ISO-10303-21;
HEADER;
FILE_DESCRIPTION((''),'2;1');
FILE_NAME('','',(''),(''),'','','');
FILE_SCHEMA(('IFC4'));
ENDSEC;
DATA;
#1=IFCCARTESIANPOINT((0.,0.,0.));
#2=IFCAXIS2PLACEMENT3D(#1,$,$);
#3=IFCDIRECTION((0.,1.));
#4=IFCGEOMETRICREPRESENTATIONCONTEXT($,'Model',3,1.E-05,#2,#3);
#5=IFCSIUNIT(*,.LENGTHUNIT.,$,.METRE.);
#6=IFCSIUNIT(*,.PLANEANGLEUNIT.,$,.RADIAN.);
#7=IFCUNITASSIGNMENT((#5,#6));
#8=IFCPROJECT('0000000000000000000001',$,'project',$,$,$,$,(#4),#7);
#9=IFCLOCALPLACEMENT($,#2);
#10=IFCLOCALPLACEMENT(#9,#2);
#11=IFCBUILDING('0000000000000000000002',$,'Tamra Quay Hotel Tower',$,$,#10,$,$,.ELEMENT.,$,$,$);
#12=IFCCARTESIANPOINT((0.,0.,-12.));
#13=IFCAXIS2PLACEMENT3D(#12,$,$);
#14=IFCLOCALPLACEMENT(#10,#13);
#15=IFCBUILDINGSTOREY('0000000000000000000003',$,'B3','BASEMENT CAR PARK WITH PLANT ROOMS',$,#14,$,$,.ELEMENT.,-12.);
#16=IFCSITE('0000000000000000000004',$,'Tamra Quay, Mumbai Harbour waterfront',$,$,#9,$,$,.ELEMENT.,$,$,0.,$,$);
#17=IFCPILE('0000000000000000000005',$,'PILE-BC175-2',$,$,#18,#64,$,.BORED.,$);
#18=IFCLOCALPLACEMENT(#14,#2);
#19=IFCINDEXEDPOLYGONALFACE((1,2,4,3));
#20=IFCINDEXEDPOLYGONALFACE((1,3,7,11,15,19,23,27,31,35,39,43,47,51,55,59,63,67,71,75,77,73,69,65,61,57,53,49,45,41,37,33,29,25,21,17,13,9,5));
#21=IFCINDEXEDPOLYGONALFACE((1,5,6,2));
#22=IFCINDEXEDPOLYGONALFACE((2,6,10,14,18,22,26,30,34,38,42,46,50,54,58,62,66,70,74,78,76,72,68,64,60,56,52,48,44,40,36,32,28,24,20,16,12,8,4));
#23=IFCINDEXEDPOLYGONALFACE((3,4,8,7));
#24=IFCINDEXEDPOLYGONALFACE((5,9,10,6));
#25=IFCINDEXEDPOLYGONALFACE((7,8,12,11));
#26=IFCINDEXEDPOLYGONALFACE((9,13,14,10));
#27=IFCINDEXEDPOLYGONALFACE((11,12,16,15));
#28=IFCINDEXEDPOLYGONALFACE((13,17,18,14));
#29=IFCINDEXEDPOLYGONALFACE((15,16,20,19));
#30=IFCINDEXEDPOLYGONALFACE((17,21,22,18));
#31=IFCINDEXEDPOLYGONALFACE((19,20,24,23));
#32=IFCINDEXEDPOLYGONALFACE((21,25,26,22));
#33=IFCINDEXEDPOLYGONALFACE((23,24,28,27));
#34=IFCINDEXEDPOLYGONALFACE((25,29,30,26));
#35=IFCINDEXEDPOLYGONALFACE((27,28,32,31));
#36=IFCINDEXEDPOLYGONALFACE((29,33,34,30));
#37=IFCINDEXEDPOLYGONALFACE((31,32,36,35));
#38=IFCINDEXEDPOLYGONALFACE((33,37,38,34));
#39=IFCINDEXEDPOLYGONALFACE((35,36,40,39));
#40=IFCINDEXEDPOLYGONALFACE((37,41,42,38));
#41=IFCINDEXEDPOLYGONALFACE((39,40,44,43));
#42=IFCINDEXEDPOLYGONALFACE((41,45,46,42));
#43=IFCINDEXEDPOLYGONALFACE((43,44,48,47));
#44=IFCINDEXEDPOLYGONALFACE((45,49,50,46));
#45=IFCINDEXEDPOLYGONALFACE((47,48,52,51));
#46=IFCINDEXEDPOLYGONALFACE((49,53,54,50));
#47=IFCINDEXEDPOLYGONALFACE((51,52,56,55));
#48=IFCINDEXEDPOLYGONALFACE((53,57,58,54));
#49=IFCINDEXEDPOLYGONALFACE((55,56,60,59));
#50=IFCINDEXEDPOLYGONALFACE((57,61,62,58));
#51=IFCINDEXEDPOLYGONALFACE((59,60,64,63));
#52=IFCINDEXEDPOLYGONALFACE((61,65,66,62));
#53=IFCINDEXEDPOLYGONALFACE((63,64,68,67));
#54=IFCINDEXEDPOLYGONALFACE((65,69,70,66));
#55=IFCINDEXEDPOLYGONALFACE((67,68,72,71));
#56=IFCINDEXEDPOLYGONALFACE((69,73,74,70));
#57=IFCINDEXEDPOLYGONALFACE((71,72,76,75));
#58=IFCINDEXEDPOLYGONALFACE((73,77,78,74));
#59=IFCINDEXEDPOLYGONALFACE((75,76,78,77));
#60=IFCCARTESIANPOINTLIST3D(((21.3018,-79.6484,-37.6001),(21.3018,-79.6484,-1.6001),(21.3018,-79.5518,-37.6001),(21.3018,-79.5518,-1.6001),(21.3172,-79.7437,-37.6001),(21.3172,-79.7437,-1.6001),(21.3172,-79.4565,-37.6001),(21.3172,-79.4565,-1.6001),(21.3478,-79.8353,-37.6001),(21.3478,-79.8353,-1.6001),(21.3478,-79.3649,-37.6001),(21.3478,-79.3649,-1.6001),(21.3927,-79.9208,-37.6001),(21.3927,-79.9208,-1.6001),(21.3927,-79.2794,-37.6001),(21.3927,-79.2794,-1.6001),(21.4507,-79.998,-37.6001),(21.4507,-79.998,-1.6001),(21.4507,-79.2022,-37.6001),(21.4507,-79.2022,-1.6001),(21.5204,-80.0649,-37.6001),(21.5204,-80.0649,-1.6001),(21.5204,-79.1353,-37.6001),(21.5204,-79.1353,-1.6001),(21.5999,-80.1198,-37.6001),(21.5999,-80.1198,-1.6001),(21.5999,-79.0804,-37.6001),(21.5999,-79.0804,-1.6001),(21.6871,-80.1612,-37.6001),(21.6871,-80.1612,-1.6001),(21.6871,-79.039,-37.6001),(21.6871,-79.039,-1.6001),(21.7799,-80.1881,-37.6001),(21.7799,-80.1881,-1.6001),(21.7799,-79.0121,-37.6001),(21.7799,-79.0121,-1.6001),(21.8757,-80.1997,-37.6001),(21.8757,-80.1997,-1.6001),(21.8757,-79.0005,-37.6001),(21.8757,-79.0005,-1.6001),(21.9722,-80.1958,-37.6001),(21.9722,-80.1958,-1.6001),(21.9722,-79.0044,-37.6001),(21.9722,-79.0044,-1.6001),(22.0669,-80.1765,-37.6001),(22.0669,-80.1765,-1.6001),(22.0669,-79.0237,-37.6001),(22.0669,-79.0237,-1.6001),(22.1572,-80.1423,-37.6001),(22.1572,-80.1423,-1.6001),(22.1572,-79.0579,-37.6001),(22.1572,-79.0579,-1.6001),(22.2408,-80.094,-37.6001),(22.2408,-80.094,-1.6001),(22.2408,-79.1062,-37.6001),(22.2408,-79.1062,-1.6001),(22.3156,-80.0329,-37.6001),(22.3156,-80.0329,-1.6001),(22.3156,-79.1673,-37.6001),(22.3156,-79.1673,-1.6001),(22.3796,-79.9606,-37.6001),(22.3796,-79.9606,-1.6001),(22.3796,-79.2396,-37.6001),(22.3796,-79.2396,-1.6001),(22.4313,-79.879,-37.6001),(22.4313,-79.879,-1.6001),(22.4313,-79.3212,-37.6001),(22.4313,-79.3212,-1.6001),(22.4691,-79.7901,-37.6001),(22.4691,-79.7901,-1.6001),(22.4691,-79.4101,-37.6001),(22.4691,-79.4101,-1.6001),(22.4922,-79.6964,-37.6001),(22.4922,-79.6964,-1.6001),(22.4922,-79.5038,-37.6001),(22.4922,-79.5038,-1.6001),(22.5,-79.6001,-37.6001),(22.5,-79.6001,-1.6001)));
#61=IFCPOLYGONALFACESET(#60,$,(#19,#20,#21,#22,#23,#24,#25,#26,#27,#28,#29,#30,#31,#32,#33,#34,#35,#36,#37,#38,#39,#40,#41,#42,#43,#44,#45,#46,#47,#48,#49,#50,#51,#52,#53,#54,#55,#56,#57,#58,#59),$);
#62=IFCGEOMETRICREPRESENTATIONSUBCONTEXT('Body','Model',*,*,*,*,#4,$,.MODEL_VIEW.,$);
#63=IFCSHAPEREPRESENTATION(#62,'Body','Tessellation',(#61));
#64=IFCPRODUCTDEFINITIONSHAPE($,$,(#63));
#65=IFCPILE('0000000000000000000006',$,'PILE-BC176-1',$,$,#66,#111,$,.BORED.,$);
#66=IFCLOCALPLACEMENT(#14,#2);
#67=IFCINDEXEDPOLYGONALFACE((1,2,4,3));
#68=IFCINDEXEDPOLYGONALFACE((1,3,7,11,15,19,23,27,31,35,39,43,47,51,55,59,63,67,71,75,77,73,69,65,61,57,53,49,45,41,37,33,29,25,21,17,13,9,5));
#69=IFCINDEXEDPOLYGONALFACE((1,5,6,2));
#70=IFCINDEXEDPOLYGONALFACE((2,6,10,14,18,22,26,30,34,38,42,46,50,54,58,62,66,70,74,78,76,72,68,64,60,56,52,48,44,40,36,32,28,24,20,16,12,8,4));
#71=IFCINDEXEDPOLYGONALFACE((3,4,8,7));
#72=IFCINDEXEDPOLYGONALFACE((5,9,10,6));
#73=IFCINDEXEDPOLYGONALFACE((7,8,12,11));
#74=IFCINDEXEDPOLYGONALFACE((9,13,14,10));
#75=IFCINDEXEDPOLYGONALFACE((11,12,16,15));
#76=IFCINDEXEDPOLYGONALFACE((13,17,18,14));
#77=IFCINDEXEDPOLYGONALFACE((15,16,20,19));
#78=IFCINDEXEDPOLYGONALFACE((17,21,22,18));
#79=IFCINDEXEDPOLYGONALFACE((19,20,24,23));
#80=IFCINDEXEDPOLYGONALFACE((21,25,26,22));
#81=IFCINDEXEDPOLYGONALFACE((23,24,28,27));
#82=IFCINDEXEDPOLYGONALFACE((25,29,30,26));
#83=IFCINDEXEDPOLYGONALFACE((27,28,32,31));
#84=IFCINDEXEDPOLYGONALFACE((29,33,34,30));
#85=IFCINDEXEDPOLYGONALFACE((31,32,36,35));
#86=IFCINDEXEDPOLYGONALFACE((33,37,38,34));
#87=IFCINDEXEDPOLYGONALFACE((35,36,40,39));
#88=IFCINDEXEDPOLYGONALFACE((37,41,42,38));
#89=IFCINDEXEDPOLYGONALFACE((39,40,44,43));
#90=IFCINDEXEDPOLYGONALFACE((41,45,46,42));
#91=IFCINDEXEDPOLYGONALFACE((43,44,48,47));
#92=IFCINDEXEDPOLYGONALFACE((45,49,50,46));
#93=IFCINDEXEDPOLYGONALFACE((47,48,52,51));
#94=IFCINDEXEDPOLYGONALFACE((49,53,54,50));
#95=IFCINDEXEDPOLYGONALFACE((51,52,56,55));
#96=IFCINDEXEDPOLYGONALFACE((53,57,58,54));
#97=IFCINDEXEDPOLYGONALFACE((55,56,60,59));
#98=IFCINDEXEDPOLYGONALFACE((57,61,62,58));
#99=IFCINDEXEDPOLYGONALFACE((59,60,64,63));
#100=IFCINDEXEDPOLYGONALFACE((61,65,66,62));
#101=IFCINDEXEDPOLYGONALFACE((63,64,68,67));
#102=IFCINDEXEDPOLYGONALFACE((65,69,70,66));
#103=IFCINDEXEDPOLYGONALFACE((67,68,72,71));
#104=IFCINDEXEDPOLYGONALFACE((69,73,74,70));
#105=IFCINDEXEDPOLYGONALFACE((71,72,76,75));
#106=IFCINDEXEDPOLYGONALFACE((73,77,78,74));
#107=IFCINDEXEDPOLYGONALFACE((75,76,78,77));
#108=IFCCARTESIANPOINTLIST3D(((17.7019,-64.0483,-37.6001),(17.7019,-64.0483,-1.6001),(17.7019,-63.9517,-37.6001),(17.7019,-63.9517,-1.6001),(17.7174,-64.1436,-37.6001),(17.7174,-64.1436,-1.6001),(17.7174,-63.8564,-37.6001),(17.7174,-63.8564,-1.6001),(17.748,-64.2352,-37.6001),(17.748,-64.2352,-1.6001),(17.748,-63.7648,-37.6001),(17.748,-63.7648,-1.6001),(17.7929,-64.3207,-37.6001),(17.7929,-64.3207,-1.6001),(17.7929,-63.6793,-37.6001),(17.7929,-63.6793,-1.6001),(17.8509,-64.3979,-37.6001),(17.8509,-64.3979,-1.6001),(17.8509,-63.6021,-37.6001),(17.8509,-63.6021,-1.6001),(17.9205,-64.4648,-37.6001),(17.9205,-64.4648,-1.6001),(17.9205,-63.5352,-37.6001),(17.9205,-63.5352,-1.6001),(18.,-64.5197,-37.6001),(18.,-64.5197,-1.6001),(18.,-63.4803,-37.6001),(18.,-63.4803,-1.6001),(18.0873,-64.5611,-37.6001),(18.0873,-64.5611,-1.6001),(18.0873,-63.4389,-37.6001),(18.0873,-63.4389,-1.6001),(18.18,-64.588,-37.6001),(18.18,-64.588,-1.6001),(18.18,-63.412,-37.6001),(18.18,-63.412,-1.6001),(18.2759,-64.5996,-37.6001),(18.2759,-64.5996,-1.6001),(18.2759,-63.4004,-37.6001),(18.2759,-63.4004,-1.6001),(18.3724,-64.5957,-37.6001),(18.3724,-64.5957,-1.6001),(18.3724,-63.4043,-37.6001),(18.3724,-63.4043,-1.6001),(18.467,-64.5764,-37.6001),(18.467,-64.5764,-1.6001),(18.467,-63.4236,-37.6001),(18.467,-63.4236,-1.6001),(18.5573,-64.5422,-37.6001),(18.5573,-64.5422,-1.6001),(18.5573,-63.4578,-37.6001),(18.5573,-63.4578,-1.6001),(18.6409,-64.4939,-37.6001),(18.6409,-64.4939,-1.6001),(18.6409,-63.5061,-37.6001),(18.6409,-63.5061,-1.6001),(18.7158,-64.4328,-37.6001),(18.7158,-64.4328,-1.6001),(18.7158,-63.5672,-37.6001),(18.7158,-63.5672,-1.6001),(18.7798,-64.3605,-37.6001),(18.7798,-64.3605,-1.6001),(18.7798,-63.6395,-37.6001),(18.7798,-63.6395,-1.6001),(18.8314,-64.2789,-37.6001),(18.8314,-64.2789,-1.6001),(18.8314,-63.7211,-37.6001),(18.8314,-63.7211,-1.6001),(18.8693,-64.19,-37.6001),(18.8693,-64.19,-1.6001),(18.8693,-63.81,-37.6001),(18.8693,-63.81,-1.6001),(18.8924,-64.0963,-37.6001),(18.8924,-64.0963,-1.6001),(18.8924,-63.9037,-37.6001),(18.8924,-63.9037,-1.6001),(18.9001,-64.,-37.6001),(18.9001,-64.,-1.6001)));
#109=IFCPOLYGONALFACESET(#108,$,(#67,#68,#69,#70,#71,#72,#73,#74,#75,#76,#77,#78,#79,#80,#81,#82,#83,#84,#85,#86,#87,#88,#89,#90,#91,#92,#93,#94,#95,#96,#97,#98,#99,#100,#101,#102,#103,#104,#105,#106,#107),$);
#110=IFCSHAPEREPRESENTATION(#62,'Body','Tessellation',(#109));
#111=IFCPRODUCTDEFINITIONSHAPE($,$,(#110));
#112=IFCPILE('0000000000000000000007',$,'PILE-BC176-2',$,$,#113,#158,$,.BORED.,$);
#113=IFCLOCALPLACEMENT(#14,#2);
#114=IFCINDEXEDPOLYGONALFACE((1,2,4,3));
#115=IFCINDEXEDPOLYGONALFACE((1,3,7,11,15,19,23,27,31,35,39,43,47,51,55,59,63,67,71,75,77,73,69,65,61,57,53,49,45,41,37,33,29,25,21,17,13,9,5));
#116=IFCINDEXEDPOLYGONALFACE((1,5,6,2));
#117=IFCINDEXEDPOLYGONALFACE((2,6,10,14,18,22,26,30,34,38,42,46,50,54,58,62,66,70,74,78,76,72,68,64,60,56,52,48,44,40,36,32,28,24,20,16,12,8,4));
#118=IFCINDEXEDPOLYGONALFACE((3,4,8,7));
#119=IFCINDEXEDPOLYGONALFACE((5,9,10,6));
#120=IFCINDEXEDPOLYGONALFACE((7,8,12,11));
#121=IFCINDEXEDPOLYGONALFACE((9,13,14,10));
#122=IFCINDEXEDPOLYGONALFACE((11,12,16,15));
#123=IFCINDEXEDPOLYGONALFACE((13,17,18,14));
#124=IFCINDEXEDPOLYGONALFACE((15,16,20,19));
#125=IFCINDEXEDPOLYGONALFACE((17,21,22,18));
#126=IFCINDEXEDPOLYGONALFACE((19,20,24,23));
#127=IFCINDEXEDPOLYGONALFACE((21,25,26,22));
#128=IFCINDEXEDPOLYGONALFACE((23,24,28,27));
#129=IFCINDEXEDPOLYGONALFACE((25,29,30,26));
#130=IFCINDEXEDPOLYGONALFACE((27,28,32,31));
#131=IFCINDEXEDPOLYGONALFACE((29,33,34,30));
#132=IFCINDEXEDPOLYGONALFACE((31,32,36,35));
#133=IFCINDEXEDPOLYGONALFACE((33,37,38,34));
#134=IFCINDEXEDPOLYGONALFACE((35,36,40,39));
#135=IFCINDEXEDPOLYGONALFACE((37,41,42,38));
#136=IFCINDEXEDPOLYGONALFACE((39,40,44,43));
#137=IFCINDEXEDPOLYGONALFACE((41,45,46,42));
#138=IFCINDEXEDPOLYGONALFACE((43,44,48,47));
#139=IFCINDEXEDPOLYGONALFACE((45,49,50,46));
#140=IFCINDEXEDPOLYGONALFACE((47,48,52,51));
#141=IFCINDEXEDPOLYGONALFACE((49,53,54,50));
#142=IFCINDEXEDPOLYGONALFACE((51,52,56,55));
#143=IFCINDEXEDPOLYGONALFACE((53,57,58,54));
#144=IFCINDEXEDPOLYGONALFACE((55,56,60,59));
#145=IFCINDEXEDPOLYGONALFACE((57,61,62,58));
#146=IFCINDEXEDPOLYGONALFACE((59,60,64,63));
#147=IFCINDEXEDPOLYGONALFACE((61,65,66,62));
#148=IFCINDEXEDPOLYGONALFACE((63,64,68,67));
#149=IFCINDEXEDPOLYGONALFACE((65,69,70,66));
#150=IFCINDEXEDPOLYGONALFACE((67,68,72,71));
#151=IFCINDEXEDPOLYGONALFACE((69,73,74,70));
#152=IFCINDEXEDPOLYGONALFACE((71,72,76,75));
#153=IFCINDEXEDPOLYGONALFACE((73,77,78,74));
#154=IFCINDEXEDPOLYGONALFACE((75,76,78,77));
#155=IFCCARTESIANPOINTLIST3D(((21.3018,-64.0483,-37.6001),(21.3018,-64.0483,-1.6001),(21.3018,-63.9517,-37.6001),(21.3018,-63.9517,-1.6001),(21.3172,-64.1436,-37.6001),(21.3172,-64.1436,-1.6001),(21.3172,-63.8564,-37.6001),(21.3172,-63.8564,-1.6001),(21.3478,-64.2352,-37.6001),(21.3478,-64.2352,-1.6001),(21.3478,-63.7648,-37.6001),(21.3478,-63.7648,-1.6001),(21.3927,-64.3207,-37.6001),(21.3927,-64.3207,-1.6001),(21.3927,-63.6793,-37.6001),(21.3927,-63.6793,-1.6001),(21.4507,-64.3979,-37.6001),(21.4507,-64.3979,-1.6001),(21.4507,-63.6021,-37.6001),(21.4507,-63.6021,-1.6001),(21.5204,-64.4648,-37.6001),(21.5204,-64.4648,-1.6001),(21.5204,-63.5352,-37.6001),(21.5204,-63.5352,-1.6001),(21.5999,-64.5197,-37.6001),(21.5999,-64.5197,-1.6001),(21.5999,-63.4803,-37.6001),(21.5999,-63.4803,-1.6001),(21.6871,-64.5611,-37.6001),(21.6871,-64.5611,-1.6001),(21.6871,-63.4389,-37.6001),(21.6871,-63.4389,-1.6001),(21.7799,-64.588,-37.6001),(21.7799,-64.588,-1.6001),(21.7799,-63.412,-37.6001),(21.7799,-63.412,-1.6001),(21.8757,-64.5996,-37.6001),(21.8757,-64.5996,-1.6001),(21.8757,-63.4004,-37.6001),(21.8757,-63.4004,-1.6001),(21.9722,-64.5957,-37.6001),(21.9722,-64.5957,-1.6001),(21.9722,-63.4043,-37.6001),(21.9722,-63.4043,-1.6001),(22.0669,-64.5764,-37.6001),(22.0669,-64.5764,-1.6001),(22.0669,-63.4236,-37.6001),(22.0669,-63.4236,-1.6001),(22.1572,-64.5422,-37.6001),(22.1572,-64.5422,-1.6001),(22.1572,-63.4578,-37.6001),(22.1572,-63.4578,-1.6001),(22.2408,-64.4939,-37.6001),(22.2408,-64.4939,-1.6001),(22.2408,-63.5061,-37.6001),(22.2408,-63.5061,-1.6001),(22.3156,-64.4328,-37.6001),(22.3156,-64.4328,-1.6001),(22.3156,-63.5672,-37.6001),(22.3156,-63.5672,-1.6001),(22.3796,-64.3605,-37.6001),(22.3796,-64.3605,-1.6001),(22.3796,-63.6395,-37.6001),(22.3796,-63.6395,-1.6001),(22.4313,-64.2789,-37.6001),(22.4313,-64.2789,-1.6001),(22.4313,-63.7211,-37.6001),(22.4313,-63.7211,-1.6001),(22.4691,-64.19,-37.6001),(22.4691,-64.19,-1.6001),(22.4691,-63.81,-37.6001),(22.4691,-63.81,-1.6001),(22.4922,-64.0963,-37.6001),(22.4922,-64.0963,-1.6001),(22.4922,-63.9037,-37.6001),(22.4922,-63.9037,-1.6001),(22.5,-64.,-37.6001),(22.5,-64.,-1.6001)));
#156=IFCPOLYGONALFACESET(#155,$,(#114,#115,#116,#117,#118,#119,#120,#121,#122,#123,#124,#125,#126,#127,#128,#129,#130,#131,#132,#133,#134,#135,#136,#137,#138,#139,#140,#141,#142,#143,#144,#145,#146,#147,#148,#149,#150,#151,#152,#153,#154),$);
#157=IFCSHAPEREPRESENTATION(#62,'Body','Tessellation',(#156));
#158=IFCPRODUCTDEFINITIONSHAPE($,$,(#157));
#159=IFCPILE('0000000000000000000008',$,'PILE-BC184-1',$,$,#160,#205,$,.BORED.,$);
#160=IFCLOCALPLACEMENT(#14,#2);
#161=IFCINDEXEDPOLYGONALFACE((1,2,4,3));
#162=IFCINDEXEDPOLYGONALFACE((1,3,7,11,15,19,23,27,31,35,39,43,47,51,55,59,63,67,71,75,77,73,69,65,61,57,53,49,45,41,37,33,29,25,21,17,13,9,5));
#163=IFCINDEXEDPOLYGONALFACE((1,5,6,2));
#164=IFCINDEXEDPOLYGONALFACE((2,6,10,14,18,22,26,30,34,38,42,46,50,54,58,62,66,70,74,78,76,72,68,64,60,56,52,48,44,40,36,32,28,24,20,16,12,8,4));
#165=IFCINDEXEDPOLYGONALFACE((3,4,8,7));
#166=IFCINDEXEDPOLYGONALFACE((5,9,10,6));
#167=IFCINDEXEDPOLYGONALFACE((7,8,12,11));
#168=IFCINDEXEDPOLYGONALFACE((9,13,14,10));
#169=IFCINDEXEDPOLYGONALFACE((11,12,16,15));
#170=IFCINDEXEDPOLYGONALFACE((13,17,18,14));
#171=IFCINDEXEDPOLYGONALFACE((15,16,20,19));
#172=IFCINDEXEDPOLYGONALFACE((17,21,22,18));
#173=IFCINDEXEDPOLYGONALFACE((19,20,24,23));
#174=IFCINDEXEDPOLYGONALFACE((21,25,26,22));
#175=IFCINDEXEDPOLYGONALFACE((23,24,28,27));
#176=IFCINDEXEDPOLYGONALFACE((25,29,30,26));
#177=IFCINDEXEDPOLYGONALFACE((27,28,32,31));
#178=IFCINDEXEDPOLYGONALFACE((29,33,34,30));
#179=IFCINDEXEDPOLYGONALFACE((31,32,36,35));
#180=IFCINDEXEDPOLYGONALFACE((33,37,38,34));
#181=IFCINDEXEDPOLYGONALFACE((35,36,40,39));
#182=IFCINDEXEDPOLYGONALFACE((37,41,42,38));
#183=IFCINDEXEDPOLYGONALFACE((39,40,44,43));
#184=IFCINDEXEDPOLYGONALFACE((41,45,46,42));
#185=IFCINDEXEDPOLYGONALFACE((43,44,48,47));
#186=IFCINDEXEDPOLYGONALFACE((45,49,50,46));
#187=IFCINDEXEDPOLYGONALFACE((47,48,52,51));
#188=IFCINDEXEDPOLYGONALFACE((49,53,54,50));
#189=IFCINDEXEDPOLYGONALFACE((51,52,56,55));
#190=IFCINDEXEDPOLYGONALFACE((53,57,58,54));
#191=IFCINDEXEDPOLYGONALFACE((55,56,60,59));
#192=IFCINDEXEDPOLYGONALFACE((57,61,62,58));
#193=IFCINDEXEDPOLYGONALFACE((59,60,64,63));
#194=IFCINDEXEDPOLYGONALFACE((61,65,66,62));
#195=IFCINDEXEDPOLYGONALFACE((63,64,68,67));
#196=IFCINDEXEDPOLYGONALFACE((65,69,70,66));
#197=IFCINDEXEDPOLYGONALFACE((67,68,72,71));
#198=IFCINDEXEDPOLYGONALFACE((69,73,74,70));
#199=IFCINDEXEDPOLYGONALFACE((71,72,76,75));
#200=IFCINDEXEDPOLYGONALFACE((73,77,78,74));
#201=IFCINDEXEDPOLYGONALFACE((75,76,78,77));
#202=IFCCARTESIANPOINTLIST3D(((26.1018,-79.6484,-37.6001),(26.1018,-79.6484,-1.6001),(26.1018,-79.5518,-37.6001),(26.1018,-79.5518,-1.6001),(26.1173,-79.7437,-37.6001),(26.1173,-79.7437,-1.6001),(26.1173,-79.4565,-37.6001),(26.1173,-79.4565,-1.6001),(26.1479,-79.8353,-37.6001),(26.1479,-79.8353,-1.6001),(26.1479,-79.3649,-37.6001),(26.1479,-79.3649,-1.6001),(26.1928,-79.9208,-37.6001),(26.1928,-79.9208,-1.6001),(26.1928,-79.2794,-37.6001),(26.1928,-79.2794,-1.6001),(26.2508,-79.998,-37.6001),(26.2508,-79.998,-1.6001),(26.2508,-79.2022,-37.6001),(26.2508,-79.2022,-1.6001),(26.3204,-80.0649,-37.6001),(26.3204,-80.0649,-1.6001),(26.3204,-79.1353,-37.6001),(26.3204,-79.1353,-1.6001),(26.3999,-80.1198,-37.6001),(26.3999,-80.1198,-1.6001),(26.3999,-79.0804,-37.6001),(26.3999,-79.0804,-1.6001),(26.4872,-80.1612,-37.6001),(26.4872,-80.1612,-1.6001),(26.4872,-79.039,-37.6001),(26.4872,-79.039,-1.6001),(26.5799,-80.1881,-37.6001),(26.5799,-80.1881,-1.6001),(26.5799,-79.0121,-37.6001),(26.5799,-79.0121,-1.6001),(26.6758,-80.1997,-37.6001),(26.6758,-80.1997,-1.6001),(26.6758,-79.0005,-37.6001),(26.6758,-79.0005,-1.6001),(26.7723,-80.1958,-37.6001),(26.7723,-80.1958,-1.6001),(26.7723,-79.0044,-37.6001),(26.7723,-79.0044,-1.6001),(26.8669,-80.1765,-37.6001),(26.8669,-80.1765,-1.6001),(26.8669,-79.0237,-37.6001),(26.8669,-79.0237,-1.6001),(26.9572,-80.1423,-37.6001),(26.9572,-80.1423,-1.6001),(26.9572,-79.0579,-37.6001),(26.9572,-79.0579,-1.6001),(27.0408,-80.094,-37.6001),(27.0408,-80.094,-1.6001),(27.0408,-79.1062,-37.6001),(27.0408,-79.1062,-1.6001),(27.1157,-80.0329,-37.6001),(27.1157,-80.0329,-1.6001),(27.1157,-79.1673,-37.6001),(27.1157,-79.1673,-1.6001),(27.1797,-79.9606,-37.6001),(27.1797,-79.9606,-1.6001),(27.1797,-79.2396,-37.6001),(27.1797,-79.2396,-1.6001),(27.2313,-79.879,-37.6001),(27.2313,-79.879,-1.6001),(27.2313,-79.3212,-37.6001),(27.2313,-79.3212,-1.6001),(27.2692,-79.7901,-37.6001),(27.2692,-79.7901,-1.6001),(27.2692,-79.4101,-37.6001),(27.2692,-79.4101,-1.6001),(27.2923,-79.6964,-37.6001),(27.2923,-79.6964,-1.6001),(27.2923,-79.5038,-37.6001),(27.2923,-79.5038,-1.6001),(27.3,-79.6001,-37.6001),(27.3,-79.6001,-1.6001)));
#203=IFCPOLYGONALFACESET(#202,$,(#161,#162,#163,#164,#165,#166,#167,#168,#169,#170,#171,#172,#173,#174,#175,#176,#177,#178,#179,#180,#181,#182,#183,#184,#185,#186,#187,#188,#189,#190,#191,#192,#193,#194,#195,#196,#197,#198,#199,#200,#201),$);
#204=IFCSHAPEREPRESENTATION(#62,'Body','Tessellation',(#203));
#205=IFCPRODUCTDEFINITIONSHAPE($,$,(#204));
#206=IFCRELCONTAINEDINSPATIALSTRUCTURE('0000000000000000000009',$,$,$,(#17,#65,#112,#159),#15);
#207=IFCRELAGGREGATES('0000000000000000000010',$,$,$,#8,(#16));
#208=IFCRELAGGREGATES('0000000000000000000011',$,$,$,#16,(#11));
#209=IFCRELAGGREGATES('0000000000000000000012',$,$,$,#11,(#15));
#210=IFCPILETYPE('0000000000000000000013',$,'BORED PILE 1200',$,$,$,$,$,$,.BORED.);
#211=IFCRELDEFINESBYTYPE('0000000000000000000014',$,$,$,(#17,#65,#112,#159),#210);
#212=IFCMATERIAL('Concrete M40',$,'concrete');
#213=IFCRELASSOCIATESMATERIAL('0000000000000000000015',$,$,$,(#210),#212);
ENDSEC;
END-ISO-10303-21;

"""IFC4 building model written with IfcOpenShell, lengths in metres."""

from ifc_helpers import new_model, si_unit, direction, frame, origin, origin_2d, place, context, subcontext, project, spatial, circle, extrude, material, material_profile, profile_set, type_object, element, save


model = new_model("IFC4")

# Units and contexts
model_context = context("Model", 3, precision=1e-05, world=origin(), true_north=direction((0.0, 1.0)))
body_context = subcontext(model_context, "Body", "Model", "MODEL_VIEW")
ifc_project = project(units=[si_unit("LENGTHUNIT", "METRE"), si_unit("PLANEANGLEUNIT", "RADIAN")], contexts=[model_context])

# Site, building, storey
site_placement = place(None, origin())
site = spatial("IfcSite", under=ifc_project, at=site_placement, Name="Tamra Quay, Mumbai Harbour waterfront", CompositionType="ELEMENT", RefElevation=0.0)
building_placement = place(site_placement, origin())
building = spatial("IfcBuilding", under=site, at=building_placement, Name="Tamra Quay Hotel Tower", CompositionType="ELEMENT")
storey_placement = place(building_placement, frame((0.0, 0.0, -12.0)))
storey = spatial("IfcBuildingStorey", under=building, at=storey_placement, Name="B3", Description="BASEMENT CAR PARK WITH PLANT ROOMS", CompositionType="ELEMENT", Elevation=-12.0)

# Piles
ifc_material_1 = material(Name="Concrete M40", Category="concrete")
ifc_material_profile_1 = material_profile(ifc_material_1, circle(Radius=0.6001, at=origin_2d()), Name="BORED PILE 1200")
ifc_profile_set_1 = profile_set([ifc_material_profile_1], Name="Concrete M40")
pile_type = type_object("IfcPileType", Name="BORED PILE 1200", PredefinedType="BORED", material=ifc_profile_set_1)
for number, where, z_axis, x_axis, name in (
    (1, (21.8999, -79.6001, -1.6001), (0.0, 0.0, -1.0), (1.0, 0.0, 0.0), "PILE-BC175-2"),
    (2, (18.3, -64.0, -1.6001), (0.0, 0.0, -1.0), (1.0, 0.0, 0.0), "PILE-BC176-1"),
    (3, (21.8999, -64.0, -1.6001), (0.0, 0.0, -1.0), (1.0, 0.0, 0.0), "PILE-BC176-2"),
    (4, (26.7, -79.6001, -1.6001), (0.0, 0.0, -1.0), (1.0, 0.0, 0.0), "PILE-BC184-1"),
):
    element("IfcPile", number, at=place(storey_placement, frame(where, z_axis=z_axis, x_axis=x_axis)), inside=storey, type_object=pile_type, Name=name, PredefinedType="BORED", context=body_context, shape_type="SweptSolid", body=[
        extrude(circle(Radius=0.6001, at=origin_2d()), origin(), (0.0, 0.0, 1.0), 36.0),
    ])

save(model, "model.ifc")
